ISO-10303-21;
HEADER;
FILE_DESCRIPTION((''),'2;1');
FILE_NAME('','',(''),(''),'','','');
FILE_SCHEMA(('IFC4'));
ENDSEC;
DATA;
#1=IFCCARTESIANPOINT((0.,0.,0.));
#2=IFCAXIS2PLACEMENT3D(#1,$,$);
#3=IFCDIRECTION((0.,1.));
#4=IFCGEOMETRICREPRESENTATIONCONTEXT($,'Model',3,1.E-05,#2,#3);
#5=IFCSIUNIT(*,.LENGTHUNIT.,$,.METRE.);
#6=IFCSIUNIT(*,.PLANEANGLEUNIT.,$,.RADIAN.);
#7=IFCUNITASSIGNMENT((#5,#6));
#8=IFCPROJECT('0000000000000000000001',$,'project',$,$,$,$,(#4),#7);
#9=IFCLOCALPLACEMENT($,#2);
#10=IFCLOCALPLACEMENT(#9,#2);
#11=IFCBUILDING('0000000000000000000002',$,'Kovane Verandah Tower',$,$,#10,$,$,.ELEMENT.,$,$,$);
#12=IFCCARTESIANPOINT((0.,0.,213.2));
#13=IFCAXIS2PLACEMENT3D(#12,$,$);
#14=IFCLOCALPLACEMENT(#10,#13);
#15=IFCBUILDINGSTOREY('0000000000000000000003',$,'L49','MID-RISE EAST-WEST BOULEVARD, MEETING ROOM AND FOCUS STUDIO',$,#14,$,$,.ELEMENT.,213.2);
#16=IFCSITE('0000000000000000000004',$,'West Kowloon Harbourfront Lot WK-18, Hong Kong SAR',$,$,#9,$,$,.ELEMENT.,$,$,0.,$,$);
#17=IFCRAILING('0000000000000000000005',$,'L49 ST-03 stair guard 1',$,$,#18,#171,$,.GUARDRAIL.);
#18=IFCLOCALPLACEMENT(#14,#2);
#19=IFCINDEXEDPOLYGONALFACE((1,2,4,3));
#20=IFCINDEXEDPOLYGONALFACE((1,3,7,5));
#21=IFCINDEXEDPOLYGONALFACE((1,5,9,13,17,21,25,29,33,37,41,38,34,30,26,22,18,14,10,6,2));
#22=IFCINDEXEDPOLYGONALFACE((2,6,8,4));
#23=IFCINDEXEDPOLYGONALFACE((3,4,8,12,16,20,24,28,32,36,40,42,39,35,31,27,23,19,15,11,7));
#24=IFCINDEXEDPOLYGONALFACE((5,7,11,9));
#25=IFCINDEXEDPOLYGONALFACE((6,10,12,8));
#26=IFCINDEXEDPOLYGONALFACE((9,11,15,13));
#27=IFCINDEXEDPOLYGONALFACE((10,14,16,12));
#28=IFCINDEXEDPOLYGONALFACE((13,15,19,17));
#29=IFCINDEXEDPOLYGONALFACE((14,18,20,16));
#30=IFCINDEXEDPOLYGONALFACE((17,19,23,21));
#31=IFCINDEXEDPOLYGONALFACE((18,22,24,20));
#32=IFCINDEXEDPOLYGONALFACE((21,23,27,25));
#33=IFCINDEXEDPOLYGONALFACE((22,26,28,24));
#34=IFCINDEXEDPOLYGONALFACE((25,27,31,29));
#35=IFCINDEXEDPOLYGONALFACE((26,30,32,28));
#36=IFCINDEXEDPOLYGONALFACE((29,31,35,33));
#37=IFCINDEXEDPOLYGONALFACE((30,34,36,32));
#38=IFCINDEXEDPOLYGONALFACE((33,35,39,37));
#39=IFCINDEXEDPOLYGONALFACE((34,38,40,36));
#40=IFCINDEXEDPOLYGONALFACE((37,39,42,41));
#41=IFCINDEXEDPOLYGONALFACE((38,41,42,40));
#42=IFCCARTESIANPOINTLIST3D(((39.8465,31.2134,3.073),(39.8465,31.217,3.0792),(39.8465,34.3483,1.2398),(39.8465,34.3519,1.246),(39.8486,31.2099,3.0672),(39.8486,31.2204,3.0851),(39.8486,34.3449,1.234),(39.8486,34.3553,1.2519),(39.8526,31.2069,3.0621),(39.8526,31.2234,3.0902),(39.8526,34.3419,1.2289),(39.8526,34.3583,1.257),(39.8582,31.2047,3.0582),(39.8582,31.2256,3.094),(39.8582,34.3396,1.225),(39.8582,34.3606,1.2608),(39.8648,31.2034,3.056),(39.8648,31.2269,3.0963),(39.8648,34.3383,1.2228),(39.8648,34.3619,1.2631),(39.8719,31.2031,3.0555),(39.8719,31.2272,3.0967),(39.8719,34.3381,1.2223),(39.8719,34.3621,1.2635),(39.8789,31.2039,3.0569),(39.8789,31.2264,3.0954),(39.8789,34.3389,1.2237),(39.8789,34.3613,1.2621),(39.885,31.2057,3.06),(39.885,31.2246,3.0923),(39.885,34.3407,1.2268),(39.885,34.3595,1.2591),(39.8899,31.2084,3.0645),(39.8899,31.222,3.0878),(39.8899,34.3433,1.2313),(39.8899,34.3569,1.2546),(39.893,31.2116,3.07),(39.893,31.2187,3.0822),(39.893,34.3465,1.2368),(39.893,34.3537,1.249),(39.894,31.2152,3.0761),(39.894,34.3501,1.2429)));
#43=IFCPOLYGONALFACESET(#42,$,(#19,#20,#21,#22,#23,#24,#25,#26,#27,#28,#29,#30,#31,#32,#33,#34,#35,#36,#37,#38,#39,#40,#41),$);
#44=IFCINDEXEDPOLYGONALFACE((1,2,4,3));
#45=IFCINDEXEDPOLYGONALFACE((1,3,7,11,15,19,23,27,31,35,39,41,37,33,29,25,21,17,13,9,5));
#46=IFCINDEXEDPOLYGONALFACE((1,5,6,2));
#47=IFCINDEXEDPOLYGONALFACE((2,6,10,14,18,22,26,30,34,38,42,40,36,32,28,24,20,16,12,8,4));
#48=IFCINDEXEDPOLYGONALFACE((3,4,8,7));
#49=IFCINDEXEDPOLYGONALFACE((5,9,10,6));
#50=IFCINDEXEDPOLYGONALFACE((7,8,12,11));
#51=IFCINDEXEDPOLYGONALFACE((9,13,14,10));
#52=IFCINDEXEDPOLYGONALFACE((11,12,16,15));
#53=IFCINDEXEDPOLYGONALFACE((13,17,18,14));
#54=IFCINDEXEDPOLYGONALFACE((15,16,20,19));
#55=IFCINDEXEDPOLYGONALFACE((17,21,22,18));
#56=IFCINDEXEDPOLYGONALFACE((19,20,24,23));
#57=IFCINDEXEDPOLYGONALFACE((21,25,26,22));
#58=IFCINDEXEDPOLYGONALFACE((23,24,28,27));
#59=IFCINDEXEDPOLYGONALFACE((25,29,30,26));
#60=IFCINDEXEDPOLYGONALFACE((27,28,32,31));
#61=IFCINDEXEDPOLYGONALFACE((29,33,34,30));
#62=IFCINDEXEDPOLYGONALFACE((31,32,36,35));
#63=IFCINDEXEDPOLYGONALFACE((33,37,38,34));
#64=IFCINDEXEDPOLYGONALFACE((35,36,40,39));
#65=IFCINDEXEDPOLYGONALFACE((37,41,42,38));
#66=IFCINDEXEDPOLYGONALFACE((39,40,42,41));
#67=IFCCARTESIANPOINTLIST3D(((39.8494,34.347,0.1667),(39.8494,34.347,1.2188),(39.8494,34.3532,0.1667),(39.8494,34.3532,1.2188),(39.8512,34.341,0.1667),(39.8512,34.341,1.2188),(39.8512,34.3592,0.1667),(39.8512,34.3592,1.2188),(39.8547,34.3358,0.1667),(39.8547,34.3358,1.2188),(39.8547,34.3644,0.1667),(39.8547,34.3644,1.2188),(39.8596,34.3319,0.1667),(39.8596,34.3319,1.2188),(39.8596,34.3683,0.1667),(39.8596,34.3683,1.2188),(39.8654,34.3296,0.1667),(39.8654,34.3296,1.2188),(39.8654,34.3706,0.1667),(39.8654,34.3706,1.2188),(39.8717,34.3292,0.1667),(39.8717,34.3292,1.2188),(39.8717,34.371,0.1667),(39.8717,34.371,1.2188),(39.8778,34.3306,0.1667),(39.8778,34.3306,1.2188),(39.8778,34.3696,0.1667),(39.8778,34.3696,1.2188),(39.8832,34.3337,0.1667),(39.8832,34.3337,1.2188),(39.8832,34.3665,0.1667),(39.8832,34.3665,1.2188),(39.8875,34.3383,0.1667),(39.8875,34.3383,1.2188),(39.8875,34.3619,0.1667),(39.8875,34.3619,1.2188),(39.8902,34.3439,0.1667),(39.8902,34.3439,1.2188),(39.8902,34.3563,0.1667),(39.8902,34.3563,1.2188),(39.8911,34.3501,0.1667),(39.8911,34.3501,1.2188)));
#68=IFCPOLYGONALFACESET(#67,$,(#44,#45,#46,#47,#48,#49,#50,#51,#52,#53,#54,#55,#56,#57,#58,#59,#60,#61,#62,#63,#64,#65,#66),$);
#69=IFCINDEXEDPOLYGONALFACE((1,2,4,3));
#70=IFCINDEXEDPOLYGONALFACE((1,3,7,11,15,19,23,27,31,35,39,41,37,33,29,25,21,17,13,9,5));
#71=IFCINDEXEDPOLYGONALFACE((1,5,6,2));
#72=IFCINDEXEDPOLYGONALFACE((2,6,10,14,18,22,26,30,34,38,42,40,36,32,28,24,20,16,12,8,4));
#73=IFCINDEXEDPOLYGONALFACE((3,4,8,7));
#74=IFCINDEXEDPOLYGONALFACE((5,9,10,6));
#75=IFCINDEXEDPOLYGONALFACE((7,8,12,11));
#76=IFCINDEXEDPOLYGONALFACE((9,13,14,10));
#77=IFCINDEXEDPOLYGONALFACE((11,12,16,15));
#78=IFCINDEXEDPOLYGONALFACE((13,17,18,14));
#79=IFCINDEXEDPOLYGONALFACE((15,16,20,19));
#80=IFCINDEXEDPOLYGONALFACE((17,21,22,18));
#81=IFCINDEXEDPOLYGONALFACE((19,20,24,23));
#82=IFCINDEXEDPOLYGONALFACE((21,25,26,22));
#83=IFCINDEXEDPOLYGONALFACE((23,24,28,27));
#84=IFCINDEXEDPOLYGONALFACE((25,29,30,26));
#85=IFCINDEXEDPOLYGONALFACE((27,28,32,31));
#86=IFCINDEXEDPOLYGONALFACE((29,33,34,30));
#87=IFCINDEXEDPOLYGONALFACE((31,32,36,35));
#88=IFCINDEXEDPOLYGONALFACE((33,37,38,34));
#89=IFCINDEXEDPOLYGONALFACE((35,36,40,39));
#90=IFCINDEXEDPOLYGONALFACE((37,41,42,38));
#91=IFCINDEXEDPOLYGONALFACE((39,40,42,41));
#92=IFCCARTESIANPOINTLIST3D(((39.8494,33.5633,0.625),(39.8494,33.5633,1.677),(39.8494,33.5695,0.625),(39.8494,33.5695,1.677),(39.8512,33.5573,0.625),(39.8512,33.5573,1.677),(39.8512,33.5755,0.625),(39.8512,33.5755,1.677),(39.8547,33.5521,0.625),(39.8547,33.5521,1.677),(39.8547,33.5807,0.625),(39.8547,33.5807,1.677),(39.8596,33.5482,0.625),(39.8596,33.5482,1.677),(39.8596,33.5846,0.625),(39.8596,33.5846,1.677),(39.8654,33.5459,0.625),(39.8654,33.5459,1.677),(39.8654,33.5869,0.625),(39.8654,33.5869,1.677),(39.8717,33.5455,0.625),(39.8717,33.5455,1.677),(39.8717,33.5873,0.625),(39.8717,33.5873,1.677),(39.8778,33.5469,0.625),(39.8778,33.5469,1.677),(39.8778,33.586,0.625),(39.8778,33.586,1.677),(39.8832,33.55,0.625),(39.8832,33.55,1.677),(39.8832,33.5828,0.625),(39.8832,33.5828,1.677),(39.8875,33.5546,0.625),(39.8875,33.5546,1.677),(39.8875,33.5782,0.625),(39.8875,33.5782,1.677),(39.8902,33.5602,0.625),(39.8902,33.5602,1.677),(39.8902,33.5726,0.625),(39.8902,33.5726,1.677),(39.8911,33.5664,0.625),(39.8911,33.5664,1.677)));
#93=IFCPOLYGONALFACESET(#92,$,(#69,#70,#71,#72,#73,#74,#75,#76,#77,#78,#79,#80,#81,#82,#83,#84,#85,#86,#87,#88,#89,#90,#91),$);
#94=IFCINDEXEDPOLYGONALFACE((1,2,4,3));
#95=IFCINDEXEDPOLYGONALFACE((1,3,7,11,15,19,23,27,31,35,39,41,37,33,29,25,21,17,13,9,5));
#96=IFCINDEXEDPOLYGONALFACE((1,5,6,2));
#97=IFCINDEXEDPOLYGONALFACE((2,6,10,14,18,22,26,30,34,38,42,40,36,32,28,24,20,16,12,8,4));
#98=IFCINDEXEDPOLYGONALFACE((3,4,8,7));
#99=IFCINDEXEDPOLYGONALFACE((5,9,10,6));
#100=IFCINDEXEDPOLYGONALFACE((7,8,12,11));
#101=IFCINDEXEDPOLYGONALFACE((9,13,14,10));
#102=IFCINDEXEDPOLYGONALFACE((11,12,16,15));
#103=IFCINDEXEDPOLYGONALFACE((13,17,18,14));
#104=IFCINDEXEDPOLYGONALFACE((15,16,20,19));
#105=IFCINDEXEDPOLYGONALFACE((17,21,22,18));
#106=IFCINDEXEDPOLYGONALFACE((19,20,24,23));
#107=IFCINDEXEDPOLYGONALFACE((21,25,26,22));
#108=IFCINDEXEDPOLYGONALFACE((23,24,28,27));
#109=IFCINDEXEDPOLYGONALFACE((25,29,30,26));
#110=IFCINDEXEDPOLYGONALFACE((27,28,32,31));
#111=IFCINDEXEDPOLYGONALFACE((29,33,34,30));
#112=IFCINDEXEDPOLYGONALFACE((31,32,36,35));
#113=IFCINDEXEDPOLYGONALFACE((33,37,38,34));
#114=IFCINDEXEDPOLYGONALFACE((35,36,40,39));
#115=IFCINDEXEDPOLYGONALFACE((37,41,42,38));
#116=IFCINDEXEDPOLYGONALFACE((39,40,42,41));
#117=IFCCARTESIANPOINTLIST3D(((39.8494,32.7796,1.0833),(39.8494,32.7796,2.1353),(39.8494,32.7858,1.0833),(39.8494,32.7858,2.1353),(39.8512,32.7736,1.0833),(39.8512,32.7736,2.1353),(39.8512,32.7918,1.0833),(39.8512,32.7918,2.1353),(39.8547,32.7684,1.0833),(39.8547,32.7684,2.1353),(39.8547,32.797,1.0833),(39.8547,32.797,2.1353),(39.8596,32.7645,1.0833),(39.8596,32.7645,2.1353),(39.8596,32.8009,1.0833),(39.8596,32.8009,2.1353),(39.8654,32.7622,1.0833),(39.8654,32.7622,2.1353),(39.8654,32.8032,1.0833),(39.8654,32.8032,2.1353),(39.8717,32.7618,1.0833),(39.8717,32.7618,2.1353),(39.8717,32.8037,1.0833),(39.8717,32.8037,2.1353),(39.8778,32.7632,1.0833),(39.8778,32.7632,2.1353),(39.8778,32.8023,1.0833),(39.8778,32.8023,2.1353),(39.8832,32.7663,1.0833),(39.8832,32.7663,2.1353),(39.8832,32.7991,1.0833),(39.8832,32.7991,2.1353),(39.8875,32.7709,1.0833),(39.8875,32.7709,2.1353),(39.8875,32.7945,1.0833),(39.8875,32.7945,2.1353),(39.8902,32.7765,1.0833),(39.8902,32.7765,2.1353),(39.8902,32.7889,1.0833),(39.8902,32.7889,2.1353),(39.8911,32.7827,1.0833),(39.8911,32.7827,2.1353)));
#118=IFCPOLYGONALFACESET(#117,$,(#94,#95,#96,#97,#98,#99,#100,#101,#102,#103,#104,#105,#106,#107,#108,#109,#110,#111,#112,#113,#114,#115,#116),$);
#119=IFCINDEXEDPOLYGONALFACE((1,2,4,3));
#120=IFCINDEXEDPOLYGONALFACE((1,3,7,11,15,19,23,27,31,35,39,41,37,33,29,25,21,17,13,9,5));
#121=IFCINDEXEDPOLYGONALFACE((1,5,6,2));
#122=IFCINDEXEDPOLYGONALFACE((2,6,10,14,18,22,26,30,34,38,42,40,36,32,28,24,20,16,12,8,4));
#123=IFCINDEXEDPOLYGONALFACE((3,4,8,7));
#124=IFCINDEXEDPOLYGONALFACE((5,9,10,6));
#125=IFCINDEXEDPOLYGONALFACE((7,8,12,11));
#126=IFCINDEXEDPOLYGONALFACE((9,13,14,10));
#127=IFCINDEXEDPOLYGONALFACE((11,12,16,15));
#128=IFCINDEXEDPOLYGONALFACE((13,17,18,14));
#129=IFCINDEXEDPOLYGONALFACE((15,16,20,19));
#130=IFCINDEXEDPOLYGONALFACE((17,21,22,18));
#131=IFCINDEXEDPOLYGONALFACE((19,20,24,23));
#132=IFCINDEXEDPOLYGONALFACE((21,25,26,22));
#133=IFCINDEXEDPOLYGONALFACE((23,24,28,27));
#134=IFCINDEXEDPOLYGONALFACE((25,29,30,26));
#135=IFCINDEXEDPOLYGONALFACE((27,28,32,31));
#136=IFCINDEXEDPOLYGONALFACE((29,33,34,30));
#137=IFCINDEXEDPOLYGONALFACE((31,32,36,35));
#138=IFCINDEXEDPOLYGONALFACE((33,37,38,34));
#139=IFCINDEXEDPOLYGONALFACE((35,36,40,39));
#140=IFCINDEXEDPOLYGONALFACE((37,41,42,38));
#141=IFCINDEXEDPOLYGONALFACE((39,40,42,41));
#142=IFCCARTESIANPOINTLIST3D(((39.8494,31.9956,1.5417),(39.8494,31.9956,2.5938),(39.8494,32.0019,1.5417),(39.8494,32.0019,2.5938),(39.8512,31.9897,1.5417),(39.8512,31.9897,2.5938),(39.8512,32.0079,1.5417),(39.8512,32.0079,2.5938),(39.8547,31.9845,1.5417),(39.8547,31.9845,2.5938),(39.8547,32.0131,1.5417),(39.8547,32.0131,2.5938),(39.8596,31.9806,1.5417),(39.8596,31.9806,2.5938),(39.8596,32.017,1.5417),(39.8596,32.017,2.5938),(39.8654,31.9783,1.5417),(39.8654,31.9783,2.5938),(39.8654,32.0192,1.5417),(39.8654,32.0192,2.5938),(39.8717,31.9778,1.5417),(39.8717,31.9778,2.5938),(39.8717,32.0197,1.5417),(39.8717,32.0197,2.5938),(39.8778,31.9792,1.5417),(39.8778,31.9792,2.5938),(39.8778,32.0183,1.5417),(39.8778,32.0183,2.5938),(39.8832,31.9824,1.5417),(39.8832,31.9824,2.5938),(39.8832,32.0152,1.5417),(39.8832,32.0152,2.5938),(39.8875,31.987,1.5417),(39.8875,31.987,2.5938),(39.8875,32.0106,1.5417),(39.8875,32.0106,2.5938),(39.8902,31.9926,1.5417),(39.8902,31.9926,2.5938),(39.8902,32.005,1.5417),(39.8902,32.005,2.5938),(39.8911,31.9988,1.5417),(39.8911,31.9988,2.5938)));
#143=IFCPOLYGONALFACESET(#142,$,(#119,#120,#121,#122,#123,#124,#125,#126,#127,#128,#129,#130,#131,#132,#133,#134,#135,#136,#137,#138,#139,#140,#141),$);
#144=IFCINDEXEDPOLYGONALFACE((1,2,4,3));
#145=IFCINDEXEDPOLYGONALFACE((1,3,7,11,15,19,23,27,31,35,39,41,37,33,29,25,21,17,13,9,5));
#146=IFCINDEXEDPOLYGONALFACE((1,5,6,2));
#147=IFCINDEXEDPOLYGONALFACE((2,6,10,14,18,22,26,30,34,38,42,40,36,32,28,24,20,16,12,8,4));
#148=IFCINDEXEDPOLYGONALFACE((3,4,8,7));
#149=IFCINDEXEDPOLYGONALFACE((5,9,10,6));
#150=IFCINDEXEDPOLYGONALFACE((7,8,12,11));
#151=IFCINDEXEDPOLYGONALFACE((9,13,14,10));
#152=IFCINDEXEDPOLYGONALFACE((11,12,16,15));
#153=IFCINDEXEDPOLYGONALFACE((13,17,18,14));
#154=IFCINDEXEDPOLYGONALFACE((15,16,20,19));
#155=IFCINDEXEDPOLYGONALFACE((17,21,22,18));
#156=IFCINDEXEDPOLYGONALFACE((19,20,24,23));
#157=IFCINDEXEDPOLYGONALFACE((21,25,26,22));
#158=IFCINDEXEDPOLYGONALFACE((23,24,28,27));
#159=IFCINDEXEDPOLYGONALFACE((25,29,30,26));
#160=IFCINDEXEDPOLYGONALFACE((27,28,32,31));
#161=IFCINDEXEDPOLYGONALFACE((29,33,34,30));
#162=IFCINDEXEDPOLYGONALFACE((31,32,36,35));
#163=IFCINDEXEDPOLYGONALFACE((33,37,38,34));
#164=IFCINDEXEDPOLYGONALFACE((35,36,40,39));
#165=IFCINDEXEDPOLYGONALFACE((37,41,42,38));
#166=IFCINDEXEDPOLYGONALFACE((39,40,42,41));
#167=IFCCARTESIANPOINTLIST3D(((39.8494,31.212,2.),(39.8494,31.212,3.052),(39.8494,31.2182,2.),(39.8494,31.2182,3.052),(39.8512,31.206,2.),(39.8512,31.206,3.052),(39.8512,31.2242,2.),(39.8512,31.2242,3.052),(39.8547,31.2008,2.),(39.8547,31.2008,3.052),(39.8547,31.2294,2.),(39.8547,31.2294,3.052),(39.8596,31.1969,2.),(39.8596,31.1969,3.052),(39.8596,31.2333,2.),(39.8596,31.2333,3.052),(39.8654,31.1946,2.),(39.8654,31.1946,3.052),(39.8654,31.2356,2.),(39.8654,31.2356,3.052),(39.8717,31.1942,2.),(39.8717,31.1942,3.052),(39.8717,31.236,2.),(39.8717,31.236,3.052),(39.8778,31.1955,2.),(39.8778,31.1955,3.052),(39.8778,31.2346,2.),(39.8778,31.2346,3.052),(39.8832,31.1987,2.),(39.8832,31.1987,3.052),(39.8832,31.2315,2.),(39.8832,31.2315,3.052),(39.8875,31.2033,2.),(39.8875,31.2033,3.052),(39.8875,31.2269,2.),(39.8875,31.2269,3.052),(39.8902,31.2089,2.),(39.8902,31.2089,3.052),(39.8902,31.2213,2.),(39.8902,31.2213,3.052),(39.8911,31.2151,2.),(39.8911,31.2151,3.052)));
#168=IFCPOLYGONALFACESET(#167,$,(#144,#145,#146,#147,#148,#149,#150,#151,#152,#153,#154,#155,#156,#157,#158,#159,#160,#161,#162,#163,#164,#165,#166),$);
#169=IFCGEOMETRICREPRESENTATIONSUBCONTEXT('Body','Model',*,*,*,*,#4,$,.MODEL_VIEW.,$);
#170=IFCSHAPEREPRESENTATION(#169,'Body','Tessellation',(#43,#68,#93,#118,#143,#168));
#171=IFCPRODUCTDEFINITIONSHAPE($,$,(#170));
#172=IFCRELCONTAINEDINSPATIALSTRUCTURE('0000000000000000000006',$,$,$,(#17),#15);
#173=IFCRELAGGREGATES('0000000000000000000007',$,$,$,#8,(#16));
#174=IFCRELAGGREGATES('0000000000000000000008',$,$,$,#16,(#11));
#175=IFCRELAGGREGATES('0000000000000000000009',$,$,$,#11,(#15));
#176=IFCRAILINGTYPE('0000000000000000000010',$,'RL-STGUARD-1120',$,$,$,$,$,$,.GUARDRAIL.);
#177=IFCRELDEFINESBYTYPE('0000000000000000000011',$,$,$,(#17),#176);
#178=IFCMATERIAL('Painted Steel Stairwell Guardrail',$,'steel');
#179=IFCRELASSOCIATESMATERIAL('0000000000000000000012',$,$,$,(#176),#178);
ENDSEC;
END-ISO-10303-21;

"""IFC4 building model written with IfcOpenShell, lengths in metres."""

from ifc_helpers import new_model, si_unit, direction, frame, origin, origin_2d, place, context, subcontext, project, spatial, circle, extrude, material, type_object, element, save


model = new_model("IFC4")

# Units and contexts
model_context = context("Model", 3, precision=1e-05, world=origin(), true_north=direction((0.0, 1.0)))
body_context = subcontext(model_context, "Body", "Model", "MODEL_VIEW")
ifc_project = project(units=[si_unit("LENGTHUNIT", "METRE"), si_unit("PLANEANGLEUNIT", "RADIAN")], contexts=[model_context])

# Site, building, storey
site_placement = place(None, origin())
site = spatial("IfcSite", under=ifc_project, at=site_placement, Name="West Kowloon Harbourfront Lot WK-18, Hong Kong SAR", CompositionType="ELEMENT", RefElevation=0.0)
building_placement = place(site_placement, origin())
building = spatial("IfcBuilding", under=site, at=building_placement, Name="Kovane Verandah Tower", CompositionType="ELEMENT")
storey_placement = place(building_placement, frame((0.0, 0.0, 213.2)))
storey = spatial("IfcBuildingStorey", under=building, at=storey_placement, Name="L49", Description="MID-RISE EAST-WEST BOULEVARD, MEETING ROOM AND FOCUS STUDIO", CompositionType="ELEMENT", Elevation=213.2)

# Railing
ifc_material_1 = material(Name="Painted Steel Stairwell Guardrail", Category="steel")
railing_type_1 = type_object("IfcRailingType", Name="RL-STGUARD-1120", PredefinedType="GUARDRAIL", material=ifc_material_1)
railing_1_placement = place(storey_placement, frame((39.8701, 34.3501, 0.1667)))
element("IfcRailing", 1, at=railing_1_placement, inside=storey, type_object=railing_type_1, Name="L49 ST-03 stair guard 1", PredefinedType="GUARDRAIL", context=body_context, shape_type="SweptSolid", body=[
    extrude(circle(Radius=0.0239, at=origin_2d()), frame((0.0, 0.0, 1.0762), z_axis=(0.0, -0.86324, 0.504794), x_axis=(1.0, 0.0, 0.0)), (0.0, 0.0, 1.0), 3.6316),
    extrude(circle(Radius=0.021, at=origin_2d()), origin(), (0.0, 0.0, 1.0), 1.052),
    extrude(circle(Radius=0.021, at=origin_2d()), frame((0.0, -0.7837, 0.4583)), (0.0, 0.0, 1.0), 1.052),
    extrude(circle(Radius=0.021, at=origin_2d()), frame((0.0, -1.5674, 0.9165)), (0.0, 0.0, 1.0), 1.052),
    extrude(circle(Radius=0.021, at=origin_2d()), frame((0.0, -2.3513, 1.375)), (0.0, 0.0, 1.0), 1.052),
    extrude(circle(Radius=0.021, at=origin_2d()), frame((0.0, -3.135, 1.8333)), (0.0, 0.0, 1.0), 1.052),
])

save(model, "model.ifc")
